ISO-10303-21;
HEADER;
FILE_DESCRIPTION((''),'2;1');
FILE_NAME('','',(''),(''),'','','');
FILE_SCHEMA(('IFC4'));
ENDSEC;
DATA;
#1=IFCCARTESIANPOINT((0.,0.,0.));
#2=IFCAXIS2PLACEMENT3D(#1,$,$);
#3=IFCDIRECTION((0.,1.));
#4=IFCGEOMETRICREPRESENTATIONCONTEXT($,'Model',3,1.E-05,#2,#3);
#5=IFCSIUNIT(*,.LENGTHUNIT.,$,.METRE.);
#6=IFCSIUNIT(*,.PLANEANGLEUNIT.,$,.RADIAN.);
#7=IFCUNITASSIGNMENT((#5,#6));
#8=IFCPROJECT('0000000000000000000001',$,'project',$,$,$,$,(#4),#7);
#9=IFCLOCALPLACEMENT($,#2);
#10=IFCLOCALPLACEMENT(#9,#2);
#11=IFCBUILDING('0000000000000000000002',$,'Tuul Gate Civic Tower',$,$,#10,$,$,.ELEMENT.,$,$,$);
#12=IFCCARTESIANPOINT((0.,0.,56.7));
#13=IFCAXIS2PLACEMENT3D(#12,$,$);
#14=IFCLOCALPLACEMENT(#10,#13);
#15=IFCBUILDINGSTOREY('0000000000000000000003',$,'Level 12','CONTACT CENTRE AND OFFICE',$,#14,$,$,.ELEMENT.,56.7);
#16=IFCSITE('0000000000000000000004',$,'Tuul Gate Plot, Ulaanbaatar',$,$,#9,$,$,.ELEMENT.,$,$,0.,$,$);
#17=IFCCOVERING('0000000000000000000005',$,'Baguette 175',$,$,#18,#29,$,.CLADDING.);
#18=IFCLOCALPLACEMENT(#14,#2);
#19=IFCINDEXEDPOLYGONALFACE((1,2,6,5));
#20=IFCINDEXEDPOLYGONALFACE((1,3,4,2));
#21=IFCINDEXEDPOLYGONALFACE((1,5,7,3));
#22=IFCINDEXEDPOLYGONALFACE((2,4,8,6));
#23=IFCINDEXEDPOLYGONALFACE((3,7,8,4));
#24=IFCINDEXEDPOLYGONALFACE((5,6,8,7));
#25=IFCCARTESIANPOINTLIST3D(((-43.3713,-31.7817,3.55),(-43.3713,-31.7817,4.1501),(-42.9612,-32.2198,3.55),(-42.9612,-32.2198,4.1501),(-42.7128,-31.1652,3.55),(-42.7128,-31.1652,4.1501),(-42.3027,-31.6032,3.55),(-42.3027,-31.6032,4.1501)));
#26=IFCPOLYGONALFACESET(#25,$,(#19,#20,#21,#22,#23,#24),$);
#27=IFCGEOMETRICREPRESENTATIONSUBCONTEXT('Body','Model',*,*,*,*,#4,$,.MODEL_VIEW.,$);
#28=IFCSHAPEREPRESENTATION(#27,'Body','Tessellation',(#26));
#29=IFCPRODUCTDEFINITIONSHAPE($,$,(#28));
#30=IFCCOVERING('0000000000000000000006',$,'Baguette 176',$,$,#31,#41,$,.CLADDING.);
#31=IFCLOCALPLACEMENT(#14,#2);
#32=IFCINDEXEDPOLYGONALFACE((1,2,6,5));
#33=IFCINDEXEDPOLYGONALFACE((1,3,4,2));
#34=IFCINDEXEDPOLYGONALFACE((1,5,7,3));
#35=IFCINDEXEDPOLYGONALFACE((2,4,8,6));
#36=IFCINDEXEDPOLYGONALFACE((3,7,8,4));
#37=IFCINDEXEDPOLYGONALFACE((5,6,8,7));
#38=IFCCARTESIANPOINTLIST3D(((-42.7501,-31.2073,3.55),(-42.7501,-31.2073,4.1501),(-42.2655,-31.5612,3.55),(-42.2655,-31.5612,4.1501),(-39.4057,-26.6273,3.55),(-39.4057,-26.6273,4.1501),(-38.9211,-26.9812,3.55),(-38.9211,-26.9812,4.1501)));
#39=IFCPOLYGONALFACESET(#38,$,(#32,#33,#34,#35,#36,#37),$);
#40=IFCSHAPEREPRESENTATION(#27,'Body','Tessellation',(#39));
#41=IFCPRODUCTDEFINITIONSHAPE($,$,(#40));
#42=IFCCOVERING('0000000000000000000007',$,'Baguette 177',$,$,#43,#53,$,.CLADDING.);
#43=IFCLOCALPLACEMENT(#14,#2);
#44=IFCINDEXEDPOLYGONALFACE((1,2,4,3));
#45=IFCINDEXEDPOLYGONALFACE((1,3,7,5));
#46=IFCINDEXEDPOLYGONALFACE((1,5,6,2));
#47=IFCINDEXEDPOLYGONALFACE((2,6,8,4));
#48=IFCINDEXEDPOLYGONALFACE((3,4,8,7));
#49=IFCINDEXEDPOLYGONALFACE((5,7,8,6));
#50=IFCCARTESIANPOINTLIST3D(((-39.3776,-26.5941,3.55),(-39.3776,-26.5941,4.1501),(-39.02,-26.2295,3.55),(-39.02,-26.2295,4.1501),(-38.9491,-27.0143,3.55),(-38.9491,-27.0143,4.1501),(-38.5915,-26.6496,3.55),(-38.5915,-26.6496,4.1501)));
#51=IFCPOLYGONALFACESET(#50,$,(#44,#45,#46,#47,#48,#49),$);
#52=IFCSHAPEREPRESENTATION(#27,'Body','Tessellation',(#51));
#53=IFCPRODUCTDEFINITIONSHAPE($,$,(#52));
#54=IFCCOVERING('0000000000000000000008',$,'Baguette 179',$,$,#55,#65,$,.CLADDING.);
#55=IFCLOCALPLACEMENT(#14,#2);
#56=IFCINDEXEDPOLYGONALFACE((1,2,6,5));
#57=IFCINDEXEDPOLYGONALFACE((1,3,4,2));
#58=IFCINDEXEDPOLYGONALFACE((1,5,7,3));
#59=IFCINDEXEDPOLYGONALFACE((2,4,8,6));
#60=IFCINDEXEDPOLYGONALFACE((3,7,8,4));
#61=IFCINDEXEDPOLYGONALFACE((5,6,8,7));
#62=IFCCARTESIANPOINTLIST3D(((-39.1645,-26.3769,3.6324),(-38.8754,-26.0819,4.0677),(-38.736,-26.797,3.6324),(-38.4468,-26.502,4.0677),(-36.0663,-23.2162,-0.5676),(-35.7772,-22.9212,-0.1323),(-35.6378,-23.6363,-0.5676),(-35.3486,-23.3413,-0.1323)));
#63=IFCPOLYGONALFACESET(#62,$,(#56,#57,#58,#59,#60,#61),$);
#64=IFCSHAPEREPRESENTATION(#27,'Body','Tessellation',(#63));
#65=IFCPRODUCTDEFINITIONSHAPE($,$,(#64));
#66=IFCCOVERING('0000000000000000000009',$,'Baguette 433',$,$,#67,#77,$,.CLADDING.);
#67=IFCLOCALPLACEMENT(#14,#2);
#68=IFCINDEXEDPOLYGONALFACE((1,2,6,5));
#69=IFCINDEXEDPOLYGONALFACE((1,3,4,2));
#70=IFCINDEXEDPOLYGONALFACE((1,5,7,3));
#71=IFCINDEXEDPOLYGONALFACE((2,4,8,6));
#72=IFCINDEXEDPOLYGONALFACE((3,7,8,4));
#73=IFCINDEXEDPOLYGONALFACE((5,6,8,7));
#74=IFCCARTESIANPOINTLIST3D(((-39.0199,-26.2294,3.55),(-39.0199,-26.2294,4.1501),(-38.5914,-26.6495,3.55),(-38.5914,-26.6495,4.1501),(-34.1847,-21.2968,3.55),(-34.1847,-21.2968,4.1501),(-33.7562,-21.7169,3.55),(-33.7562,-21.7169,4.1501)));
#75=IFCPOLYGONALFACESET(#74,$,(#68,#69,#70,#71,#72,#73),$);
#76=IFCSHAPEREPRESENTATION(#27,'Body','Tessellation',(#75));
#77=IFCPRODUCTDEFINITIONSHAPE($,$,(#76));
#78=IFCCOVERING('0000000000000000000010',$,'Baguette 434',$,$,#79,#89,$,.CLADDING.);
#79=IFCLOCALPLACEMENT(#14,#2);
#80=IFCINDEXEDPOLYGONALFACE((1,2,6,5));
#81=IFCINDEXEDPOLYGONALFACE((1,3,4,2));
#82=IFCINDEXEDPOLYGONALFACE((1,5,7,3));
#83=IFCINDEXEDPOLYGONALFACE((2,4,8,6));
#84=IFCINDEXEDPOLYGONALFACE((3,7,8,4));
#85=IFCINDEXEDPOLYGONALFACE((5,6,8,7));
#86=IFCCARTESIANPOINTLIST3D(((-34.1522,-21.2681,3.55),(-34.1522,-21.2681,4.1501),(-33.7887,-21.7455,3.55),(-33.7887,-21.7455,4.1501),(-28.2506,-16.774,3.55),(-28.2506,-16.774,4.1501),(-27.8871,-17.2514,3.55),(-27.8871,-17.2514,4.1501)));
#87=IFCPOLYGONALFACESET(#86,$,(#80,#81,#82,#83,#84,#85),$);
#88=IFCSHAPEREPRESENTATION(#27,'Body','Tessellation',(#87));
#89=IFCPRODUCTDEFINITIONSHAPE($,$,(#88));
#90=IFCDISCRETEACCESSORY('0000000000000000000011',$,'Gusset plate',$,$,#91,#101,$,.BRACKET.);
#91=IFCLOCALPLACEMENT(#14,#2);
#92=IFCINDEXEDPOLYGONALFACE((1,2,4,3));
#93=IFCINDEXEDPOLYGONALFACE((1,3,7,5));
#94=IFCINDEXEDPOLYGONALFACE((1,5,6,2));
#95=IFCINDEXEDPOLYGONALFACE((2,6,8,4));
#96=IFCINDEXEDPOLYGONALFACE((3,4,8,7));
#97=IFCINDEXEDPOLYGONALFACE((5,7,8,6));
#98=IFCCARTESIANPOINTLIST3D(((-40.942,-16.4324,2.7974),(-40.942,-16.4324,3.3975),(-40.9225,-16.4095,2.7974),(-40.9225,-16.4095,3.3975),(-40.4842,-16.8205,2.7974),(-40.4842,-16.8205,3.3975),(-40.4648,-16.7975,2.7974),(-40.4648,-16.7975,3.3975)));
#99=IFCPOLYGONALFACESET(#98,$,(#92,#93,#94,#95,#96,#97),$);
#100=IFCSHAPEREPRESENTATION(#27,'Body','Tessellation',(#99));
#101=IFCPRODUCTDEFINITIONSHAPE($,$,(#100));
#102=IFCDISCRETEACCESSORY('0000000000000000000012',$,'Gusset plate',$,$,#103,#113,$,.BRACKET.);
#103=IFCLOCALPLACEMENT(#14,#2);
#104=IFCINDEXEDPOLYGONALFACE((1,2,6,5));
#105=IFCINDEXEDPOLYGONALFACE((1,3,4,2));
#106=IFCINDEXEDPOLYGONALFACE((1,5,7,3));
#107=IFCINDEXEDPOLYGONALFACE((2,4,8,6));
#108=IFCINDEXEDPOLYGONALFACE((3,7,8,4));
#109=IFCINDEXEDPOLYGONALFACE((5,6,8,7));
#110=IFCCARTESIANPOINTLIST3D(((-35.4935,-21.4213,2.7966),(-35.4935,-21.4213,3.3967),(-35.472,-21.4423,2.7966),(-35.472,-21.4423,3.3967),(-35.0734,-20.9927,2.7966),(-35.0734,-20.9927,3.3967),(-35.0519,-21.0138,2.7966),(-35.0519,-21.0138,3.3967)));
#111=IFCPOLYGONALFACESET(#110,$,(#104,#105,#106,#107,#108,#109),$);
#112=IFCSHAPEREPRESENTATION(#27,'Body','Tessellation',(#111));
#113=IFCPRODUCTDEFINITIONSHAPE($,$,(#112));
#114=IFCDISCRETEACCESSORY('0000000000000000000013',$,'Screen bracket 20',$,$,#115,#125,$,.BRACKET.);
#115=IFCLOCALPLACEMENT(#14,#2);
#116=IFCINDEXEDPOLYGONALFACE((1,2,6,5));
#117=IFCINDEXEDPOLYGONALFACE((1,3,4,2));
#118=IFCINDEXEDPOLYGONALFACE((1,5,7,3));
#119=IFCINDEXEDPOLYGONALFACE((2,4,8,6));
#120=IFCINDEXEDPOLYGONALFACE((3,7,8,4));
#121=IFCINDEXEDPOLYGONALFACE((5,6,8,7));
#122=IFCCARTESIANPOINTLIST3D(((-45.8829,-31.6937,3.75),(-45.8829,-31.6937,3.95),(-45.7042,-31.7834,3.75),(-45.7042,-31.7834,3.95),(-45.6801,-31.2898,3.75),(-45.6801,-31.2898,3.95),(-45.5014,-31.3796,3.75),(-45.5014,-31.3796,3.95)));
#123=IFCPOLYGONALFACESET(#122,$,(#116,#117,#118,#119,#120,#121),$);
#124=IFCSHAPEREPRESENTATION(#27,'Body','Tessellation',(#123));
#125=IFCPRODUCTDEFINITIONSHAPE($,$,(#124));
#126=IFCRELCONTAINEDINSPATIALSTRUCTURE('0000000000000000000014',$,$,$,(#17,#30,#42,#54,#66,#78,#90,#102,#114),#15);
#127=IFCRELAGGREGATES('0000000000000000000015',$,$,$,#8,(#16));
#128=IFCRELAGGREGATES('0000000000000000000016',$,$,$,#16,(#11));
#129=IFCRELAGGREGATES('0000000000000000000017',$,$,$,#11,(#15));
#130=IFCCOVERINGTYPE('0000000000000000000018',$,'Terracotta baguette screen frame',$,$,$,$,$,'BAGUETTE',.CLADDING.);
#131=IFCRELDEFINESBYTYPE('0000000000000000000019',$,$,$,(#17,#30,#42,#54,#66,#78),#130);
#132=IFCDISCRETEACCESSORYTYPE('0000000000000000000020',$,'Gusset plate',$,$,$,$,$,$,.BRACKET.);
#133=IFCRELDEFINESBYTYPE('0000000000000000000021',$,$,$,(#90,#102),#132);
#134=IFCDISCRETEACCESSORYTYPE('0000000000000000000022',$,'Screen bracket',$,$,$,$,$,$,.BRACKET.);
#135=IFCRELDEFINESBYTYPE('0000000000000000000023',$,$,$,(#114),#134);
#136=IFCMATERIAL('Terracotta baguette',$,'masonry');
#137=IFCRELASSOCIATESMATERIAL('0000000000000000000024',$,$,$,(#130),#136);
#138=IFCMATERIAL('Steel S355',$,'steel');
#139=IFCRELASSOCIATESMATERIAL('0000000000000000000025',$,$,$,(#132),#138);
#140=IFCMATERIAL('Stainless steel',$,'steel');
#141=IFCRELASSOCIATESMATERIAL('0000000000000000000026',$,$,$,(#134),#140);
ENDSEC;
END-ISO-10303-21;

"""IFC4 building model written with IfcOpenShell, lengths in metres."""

from ifc_helpers import new_model, si_unit, direction, frame, origin, origin_2d, place, context, subcontext, project, spatial, rectangle, extrude, material, material_profile, profile_set, type_object, element, save


model = new_model("IFC4")

# Units and contexts
model_context = context("Model", 3, precision=1e-05, world=origin(), true_north=direction((0.0, 1.0)))
body_context = subcontext(model_context, "Body", "Model", "MODEL_VIEW")
ifc_project = project(units=[si_unit("LENGTHUNIT", "METRE"), si_unit("PLANEANGLEUNIT", "RADIAN")], contexts=[model_context])

# Site, building, storey
site_placement = place(None, origin())
site = spatial("IfcSite", under=ifc_project, at=site_placement, Name="Tuul Gate Plot, Ulaanbaatar", CompositionType="ELEMENT", RefElevation=0.0)
building_placement = place(site_placement, origin())
building = spatial("IfcBuilding", under=site, at=building_placement, Name="Tuul Gate Civic Tower", CompositionType="ELEMENT")
storey_placement = place(building_placement, frame((0.0, 0.0, 56.7)))
storey = spatial("IfcBuildingStorey", under=building, at=storey_placement, Name="Level 12", Description="CONTACT CENTRE AND OFFICE", CompositionType="ELEMENT", Elevation=56.7)

# Coverings
ifc_material_1 = material(Name="Terracotta baguette", Category="masonry")
ifc_material_profile_1 = material_profile(ifc_material_1, rectangle(XDim=0.6001, YDim=0.6001, at=origin_2d()), Name="Terracotta baguette screen frame")
ifc_profile_set_1 = profile_set([ifc_material_profile_1], Name="Terracotta baguette")
covering_type = type_object("IfcCoveringType", Name="Terracotta baguette screen frame", ElementType="BAGUETTE", PredefinedType="CLADDING", material=ifc_profile_set_1)
covering_1_placement = place(storey_placement, frame((-43.1663, -32.0007, 3.8501), z_axis=(0.730001, 0.683446, 0.0), x_axis=(-0.683446, 0.730001, 0.0)))
element("IfcCovering", 1, at=covering_1_placement, inside=storey, type_object=covering_type, Name="Baguette 175", PredefinedType="CLADDING", context=body_context, shape_type="SweptSolid", body=[
    extrude(rectangle(XDim=0.6001, YDim=0.6001, at=origin_2d()), origin(), (0.0, 0.0, 1.0), 0.9021),
])
covering_2_placement = place(storey_placement, frame((-42.5078, -31.3843, 3.8501), z_axis=(0.589729, 0.807601, 0.0), x_axis=(-0.807601, 0.589729, 0.0)))
element("IfcCovering", 2, at=covering_2_placement, inside=storey, type_object=covering_type, Name="Baguette 176", PredefinedType="CLADDING", context=body_context, shape_type="SweptSolid", body=[
    extrude(rectangle(XDim=0.6001, YDim=0.6001, at=origin_2d()), origin(), (0.0, 0.0, 1.0), 5.6711),
])
covering_3_placement = place(storey_placement, frame((-39.1633, -26.8042, 3.8501), z_axis=(0.700143, 0.714003, 0.0), x_axis=(-0.714003, 0.700143, 0.0)))
element("IfcCovering", 3, at=covering_3_placement, inside=storey, type_object=covering_type, Name="Baguette 177", PredefinedType="CLADDING", context=body_context, shape_type="SweptSolid", body=[
    extrude(rectangle(XDim=0.6001, YDim=0.6001, at=origin_2d()), origin(), (0.0, 0.0, 1.0), 0.5107),
])
covering_4_placement = place(storey_placement, frame((-38.8057, -26.4395, 3.8501), z_axis=(0.507771, 0.518015, -0.688352), x_axis=(-0.714132, 0.700011, 0.0)))
element("IfcCovering", 4, at=covering_4_placement, inside=storey, type_object=covering_type, Name="Baguette 179", PredefinedType="CLADDING", context=body_context, shape_type="SweptSolid", body=[
    extrude(rectangle(XDim=0.6001, YDim=0.6001, at=origin_2d()), origin(), (0.0, 0.0, 1.0), 6.1016),
])
covering_5_placement = place(storey_placement, frame((-38.8057, -26.4395, 3.8501), z_axis=(0.70002, 0.714123, 0.0), x_axis=(-0.714123, 0.70002, 0.0)))
element("IfcCovering", 5, at=covering_5_placement, inside=storey, type_object=covering_type, Name="Baguette 433", PredefinedType="CLADDING", context=body_context, shape_type="SweptSolid", body=[
    extrude(rectangle(XDim=0.6001, YDim=0.6001, at=origin_2d()), origin(), (0.0, 0.0, 1.0), 6.9072),
])
covering_6_placement = place(storey_placement, frame((-33.9705, -21.5068, 3.8501), z_axis=(0.795583, 0.605845, 0.0), x_axis=(-0.605845, 0.795583, 0.0)))
element("IfcCovering", 6, at=covering_6_placement, inside=storey, type_object=covering_type, Name="Baguette 434", PredefinedType="CLADDING", context=body_context, shape_type="SweptSolid", body=[
    extrude(rectangle(XDim=0.6001, YDim=0.6001, at=origin_2d()), origin(), (0.0, 0.0, 1.0), 7.418),
])

# Discrete accessories
ifc_material_2 = material(Name="Steel S355", Category="steel")
discrete_accessory_type_1 = type_object("IfcDiscreteAccessoryType", Name="Gusset plate", PredefinedType="BRACKET", material=ifc_material_2)
for number, where, z_axis, x_axis, name in (
    (7, (-40.7034, -16.615, 2.7974), (0.0, 0.0, 1.0), (-0.762825, 0.646605, 0.0), "Gusset plate"),
    (8, (-35.2727, -21.2175, 2.7966), (0.0, 0.0, 1.0), (0.700025, 0.714118, 0.0), "Gusset plate"),
):
    element("IfcDiscreteAccessory", number, at=place(storey_placement, frame(where, z_axis=z_axis, x_axis=x_axis)), inside=storey, type_object=discrete_accessory_type_1, Name=name, PredefinedType="BRACKET", context=body_context, shape_type="SweptSolid", body=[
        extrude(rectangle(XDim=0.6001, YDim=0.03, at=origin_2d()), origin(), (0.0, 0.0, 1.0), 0.6001),
    ])
ifc_material_3 = material(Name="Stainless steel", Category="steel")
discrete_accessory_type_2 = type_object("IfcDiscreteAccessoryType", Name="Screen bracket", PredefinedType="BRACKET", material=ifc_material_3)
discrete_accessory_placement = place(storey_placement, frame((-45.6921, -31.5366, 3.75), z_axis=(0.0, 0.0, 1.0), x_axis=(-0.448836, -0.893614, 0.0)))
element("IfcDiscreteAccessory", 9, at=discrete_accessory_placement, inside=storey, type_object=discrete_accessory_type_2, Name="Screen bracket 20", PredefinedType="BRACKET", context=body_context, shape_type="SweptSolid", body=[
    extrude(rectangle(XDim=0.4519, YDim=0.2, at=origin_2d()), origin(), (0.0, 0.0, 1.0), 0.2),
])

save(model, "model.ifc")
